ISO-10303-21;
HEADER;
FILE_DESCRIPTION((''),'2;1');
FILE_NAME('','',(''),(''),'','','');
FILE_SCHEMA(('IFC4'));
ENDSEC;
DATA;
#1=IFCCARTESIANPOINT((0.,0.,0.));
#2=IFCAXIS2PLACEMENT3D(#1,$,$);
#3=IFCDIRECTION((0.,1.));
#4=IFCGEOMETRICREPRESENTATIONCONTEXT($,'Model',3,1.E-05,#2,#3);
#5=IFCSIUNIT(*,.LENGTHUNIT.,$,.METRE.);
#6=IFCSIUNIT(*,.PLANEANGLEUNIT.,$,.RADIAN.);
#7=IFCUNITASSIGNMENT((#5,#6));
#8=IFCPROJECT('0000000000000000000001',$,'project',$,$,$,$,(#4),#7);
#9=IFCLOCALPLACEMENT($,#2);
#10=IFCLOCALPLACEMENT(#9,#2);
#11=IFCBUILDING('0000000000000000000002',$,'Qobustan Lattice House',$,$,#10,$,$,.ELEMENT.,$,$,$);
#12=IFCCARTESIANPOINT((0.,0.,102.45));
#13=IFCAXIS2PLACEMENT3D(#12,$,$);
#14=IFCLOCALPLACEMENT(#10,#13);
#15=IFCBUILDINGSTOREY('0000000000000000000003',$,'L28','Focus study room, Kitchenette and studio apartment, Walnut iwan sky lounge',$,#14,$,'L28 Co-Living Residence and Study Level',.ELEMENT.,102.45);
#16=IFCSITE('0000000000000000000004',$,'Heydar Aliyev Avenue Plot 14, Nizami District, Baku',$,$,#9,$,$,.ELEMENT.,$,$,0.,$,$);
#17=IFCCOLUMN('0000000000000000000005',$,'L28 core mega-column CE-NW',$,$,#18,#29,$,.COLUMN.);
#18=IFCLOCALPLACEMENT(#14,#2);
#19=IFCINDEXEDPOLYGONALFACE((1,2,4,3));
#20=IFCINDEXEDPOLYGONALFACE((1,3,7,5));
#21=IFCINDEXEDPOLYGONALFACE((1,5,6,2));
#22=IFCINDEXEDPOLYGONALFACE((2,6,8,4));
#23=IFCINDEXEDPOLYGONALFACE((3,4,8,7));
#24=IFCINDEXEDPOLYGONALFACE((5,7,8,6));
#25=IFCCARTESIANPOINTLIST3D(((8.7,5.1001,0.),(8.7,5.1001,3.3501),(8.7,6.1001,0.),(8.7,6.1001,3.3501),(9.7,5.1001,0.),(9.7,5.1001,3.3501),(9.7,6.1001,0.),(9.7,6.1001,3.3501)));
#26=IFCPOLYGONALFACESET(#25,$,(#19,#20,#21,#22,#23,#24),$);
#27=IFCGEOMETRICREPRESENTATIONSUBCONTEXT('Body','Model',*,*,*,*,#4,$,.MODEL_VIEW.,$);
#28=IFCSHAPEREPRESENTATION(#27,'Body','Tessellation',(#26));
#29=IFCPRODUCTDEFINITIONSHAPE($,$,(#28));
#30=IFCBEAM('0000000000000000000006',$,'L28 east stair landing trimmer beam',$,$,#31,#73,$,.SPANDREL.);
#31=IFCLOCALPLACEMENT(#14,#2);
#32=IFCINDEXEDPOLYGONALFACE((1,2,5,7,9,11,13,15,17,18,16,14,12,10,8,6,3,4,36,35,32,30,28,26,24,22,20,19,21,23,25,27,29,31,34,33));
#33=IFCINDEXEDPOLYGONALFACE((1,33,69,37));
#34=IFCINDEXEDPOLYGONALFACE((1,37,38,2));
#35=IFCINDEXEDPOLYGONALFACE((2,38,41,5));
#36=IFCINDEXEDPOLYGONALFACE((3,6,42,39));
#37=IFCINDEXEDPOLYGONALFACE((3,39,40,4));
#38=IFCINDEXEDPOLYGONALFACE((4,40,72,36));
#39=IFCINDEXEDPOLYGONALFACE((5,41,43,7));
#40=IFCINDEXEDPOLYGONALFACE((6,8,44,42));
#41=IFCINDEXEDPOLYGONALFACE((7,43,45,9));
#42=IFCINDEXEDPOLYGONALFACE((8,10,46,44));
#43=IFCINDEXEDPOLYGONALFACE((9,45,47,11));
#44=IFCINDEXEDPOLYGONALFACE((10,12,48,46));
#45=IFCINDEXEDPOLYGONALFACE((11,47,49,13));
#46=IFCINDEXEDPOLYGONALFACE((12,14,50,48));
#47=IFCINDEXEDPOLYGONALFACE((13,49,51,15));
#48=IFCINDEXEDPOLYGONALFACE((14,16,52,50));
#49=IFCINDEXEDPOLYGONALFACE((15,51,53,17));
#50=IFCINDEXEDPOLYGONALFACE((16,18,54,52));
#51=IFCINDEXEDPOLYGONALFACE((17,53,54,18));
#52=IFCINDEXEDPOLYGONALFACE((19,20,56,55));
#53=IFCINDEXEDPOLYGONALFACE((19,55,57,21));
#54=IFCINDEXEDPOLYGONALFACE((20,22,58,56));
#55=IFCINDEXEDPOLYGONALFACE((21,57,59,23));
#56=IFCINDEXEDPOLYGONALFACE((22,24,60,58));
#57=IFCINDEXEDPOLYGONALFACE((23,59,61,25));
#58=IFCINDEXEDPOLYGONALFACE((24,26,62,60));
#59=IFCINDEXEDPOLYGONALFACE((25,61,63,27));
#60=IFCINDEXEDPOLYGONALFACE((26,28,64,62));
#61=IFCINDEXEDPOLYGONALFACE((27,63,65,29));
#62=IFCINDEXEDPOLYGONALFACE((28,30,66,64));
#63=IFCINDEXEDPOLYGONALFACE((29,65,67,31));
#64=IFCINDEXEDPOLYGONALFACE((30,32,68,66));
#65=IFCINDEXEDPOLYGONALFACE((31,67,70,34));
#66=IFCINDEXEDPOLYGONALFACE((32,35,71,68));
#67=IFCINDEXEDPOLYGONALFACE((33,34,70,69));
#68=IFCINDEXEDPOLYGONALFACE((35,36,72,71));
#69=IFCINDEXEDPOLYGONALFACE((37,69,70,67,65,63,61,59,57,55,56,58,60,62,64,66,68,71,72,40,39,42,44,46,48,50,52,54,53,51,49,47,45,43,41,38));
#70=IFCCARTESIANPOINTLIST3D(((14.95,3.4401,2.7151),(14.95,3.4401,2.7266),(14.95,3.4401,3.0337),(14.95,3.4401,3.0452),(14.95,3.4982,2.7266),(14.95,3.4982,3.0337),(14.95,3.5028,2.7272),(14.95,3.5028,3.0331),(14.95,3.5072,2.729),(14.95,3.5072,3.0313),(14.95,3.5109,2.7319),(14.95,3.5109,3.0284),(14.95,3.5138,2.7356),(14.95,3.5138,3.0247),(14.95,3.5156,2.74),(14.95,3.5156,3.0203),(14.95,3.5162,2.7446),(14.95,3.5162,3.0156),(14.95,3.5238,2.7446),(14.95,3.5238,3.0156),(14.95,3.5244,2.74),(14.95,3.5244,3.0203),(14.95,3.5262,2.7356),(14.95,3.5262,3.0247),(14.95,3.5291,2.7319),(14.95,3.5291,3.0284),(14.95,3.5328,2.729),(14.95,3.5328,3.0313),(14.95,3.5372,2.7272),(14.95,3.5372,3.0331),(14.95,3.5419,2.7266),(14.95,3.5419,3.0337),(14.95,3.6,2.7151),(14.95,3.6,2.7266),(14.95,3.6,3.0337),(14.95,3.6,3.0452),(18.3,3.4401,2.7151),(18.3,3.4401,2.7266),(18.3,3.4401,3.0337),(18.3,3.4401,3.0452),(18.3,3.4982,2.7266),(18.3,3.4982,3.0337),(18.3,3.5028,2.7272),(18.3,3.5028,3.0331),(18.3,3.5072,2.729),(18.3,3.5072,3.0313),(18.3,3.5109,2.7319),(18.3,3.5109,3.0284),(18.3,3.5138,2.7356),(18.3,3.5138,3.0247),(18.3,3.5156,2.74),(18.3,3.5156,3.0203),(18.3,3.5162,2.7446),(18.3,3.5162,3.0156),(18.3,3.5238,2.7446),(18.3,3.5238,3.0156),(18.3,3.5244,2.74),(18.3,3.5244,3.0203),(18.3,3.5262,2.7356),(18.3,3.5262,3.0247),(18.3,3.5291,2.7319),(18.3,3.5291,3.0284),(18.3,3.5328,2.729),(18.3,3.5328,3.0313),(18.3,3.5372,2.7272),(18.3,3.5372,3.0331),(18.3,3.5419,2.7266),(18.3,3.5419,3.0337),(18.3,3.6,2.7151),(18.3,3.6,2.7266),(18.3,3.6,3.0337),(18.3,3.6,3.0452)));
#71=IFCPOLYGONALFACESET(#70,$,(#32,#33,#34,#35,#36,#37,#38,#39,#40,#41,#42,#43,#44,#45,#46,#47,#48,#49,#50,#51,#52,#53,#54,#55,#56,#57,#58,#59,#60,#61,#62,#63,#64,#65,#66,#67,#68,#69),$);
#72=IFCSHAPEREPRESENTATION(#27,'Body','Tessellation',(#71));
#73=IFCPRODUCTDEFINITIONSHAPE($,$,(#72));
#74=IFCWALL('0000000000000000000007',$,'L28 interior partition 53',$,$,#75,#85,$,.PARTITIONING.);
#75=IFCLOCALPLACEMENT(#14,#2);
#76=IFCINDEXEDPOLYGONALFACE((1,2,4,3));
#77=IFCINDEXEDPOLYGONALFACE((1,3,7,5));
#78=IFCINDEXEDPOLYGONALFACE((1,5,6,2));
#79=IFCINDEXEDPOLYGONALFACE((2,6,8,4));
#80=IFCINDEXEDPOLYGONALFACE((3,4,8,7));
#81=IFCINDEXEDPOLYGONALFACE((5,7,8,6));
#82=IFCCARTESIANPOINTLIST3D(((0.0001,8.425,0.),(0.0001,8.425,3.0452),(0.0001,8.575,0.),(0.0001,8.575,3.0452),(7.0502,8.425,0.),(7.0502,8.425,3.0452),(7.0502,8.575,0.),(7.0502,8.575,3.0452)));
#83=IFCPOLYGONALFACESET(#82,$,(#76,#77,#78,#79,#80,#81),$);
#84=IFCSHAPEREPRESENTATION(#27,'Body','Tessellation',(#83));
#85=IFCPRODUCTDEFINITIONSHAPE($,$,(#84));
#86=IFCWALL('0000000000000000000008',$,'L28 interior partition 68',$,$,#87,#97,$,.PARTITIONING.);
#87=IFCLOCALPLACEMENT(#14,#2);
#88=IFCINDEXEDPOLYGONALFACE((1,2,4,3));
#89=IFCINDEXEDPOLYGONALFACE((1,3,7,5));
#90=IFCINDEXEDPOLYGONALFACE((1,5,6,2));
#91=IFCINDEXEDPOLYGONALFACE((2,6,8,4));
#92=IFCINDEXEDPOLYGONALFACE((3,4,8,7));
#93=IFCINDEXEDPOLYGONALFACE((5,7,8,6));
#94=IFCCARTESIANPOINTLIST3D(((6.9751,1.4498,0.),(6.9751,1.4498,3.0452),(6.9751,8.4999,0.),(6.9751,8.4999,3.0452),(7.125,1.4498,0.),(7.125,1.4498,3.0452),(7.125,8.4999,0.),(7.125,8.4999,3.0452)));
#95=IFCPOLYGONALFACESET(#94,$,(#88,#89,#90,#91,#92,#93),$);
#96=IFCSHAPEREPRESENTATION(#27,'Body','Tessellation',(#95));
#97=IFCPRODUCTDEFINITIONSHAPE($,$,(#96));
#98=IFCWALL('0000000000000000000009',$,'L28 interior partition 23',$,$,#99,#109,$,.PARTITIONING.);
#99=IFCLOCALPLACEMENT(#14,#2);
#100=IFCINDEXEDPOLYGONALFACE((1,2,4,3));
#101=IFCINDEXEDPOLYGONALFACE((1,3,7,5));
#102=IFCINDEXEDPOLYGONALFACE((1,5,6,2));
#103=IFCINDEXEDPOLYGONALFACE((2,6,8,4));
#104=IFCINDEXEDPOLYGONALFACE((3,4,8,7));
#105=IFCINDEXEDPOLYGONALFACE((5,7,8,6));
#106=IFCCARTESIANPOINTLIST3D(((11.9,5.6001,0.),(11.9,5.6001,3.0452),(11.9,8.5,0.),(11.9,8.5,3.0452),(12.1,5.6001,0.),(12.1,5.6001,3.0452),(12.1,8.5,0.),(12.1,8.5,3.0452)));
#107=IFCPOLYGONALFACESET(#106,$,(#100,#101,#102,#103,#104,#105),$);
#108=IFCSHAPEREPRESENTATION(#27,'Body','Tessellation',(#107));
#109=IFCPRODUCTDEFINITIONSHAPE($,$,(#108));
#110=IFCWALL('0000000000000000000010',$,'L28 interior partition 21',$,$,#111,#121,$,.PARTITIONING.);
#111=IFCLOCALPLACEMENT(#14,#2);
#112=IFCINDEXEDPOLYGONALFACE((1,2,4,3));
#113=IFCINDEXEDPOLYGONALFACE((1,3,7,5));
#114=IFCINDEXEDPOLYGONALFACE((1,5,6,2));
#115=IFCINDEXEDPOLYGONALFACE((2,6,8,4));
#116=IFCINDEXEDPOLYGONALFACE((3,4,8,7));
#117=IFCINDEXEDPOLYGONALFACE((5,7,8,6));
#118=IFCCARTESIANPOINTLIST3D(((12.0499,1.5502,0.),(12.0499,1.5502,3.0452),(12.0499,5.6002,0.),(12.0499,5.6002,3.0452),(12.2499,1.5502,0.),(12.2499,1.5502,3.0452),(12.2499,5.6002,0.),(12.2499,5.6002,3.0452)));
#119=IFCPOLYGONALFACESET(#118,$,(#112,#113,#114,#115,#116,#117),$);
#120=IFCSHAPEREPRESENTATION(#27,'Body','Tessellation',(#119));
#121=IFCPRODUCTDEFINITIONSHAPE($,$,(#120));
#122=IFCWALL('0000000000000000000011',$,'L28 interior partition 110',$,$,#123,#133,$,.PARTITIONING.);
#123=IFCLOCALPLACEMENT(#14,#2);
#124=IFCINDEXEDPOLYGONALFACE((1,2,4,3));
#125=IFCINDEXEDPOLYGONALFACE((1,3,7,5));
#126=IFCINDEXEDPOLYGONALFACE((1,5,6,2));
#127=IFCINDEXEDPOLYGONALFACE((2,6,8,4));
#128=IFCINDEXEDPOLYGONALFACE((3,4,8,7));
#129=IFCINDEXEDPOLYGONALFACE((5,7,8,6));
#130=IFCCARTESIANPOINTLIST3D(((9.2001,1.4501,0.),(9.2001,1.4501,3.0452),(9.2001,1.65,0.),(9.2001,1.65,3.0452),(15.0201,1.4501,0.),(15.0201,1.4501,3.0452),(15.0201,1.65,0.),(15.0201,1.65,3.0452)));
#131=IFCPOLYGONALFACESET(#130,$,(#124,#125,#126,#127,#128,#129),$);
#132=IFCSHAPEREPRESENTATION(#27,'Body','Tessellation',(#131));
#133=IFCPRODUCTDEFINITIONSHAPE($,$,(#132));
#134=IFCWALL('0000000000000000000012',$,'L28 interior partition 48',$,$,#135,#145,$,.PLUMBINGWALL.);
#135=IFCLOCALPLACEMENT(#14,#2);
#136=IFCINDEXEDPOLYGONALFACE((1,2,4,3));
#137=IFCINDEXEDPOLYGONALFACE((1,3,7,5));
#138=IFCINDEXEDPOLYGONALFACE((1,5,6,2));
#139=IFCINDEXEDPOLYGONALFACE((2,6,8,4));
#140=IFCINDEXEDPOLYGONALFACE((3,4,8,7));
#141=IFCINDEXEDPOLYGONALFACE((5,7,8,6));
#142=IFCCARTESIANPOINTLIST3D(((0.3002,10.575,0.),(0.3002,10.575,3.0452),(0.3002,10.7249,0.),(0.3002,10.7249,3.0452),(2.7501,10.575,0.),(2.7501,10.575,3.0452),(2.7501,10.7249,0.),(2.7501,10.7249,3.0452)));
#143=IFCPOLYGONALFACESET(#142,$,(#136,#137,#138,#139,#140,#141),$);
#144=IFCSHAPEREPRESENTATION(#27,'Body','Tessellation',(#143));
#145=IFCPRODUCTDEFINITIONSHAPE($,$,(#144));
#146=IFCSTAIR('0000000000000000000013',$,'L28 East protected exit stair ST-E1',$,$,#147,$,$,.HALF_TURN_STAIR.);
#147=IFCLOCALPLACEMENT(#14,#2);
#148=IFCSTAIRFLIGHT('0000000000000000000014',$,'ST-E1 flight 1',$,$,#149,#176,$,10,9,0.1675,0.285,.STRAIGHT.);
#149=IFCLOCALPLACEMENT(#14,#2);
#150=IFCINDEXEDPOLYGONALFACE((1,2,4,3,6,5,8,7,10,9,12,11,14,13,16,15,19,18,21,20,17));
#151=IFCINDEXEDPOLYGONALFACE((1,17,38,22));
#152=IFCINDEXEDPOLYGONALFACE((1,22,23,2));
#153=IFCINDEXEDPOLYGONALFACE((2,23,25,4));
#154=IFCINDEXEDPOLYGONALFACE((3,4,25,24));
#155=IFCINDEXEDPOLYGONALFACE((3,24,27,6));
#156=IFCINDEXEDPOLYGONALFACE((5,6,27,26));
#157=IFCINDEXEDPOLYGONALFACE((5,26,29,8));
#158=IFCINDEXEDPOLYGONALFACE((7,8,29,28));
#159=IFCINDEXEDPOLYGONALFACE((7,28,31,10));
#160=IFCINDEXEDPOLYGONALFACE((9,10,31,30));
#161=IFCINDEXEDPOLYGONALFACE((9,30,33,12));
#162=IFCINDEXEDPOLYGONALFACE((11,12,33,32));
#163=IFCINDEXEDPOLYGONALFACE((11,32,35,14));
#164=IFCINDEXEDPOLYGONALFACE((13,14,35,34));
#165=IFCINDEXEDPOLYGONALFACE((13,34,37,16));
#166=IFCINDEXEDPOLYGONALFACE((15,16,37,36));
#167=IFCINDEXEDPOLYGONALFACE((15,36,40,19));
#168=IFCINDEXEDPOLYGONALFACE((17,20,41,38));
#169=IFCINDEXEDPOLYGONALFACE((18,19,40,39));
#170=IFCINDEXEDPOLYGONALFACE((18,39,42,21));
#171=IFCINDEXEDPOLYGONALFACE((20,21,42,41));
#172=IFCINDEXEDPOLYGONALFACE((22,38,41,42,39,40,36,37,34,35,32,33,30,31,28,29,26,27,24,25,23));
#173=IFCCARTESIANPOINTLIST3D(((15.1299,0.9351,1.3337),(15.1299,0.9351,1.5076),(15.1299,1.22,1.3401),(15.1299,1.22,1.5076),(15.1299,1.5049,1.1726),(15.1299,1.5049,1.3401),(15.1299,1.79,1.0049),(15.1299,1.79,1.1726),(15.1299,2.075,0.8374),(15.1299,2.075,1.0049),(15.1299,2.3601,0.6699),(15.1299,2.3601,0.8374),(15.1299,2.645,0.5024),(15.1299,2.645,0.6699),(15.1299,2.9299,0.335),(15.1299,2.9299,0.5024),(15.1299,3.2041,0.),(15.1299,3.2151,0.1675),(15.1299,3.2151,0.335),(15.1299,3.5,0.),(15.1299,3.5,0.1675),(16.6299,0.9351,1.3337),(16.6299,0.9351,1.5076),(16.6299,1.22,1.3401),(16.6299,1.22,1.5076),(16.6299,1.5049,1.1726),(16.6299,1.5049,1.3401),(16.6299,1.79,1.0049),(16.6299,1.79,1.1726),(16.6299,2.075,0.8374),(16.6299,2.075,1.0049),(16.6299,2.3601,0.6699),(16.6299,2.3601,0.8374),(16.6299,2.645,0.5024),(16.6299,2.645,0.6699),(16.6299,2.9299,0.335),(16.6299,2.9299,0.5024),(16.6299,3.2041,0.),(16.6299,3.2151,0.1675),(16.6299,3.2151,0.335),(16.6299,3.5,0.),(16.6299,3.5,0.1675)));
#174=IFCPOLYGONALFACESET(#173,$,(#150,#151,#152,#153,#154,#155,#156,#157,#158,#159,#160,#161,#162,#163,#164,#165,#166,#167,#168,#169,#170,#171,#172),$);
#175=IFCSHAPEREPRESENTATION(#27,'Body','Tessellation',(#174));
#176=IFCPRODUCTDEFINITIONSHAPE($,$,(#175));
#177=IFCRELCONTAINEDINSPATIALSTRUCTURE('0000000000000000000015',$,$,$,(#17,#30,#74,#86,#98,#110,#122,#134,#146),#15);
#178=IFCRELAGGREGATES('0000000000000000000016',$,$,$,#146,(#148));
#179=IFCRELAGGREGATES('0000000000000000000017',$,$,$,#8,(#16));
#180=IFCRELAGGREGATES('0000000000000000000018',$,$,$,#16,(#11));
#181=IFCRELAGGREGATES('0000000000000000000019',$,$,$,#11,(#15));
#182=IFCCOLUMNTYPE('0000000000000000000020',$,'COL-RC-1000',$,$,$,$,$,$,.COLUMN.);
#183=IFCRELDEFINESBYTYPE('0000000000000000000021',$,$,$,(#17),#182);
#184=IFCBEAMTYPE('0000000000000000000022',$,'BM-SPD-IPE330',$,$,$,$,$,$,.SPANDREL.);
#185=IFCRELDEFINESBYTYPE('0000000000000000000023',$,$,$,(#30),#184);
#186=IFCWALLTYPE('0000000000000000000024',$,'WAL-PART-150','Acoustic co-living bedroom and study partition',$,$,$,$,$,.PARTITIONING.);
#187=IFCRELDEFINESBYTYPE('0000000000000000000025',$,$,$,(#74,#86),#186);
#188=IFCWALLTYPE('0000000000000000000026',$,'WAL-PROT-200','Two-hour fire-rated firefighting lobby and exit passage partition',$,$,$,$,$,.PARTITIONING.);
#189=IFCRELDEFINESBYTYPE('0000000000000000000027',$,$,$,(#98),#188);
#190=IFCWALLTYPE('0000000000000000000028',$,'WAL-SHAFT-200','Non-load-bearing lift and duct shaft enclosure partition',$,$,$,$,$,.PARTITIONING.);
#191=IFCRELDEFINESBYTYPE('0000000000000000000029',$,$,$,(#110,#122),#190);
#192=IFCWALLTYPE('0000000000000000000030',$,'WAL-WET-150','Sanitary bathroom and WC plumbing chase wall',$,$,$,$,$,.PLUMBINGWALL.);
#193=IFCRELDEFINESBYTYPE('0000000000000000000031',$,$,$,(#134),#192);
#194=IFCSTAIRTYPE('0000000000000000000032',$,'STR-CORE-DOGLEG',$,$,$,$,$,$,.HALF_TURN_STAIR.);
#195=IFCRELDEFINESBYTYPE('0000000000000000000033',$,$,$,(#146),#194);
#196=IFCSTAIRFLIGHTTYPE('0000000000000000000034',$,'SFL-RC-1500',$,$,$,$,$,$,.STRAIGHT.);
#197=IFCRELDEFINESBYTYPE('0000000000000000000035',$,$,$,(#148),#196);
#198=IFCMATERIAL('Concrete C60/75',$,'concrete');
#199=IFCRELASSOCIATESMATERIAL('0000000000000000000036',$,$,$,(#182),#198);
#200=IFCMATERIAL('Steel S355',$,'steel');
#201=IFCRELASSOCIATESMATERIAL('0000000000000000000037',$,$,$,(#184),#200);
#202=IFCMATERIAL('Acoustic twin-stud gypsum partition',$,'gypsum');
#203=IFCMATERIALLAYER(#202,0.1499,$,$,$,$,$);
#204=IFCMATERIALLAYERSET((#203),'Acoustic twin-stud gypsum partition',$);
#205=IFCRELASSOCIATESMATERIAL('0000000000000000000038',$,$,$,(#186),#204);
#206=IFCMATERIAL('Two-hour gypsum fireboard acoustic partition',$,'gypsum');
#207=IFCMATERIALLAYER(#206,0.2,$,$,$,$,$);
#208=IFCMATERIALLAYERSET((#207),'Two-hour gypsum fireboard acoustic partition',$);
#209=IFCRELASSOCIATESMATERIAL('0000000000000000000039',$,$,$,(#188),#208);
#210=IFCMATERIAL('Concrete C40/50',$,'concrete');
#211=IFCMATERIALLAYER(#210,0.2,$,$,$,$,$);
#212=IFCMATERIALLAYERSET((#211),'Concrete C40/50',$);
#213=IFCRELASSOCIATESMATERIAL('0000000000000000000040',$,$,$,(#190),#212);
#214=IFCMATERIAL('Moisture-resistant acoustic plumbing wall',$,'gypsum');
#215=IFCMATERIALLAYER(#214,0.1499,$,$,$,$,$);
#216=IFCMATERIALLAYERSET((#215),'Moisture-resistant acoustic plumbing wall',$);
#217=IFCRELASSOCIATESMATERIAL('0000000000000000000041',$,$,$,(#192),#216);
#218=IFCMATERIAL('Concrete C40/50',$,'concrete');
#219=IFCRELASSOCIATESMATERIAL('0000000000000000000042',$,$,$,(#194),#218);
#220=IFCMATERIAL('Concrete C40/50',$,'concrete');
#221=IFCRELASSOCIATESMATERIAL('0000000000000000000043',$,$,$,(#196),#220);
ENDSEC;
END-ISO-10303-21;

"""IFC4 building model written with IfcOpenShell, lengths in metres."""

from ifc_helpers import new_model, si_unit, direction, frame, frame_2d, origin, origin_2d, place, context, subcontext, project, spatial, polyline, rectangle, i_section, outline, extrude, material, layer, layer_set, material_profile, profile_set, type_object, element, aggregate, save


model = new_model("IFC4")

# Units and contexts
model_context = context("Model", 3, precision=1e-05, world=origin(), true_north=direction((0.0, 1.0)))
body_context = subcontext(model_context, "Body", "Model", "MODEL_VIEW")
ifc_project = project(units=[si_unit("LENGTHUNIT", "METRE"), si_unit("PLANEANGLEUNIT", "RADIAN")], contexts=[model_context])

# Site, building, storey
site_placement = place(None, origin())
site = spatial("IfcSite", under=ifc_project, at=site_placement, Name="Heydar Aliyev Avenue Plot 14, Nizami District, Baku", CompositionType="ELEMENT", RefElevation=0.0)
building_placement = place(site_placement, origin())
building = spatial("IfcBuilding", under=site, at=building_placement, Name="Qobustan Lattice House", CompositionType="ELEMENT")
storey_placement = place(building_placement, frame((0.0, 0.0, 102.45)))
storey = spatial("IfcBuildingStorey", under=building, at=storey_placement, Name="L28", Description="Focus study room, Kitchenette and studio apartment, Walnut iwan sky lounge", LongName="L28 Co-Living Residence and Study Level", CompositionType="ELEMENT", Elevation=102.45)

# Column
ifc_material_1 = material(Name="Concrete C60/75", Category="concrete")
ifc_material_profile_1 = material_profile(ifc_material_1, rectangle(XDim=1.0, YDim=1.0, at=origin_2d()), Name="RC1000x1000")
ifc_profile_set_1 = profile_set([ifc_material_profile_1], Name="Concrete C60/75")
column_type = type_object("IfcColumnType", Name="COL-RC-1000", PredefinedType="COLUMN", material=ifc_profile_set_1)
column_placement = place(storey_placement, frame((9.2, 5.6001, 0.0), z_axis=(0.0, 0.0, 1.0), x_axis=(1.0, 0.0, 0.0)))
element("IfcColumn", 1, at=column_placement, inside=storey, type_object=column_type, Name="L28 core mega-column CE-NW", PredefinedType="COLUMN", context=body_context, shape_type="SweptSolid", body=[
    extrude(rectangle(XDim=1.0, YDim=1.0, at=origin_2d()), origin(), (0.0, 0.0, 1.0), 3.3501),
])

# Beam
ifc_material_2 = material(Name="Steel S355", Category="steel")
ifc_material_profile_2 = material_profile(ifc_material_2, i_section(OverallWidth=0.1599, OverallDepth=0.3301, WebThickness=0.0076, FlangeThickness=0.0115, FilletRadius=0.0181, at=origin_2d()), Name="IPE330")
ifc_profile_set_2 = profile_set([ifc_material_profile_2], Name="Steel S355")
beam_type = type_object("IfcBeamType", Name="BM-SPD-IPE330", PredefinedType="SPANDREL", material=ifc_profile_set_2)
beam_placement = place(storey_placement, frame((14.95, 3.52, 2.8801), z_axis=(1.0, 0.0, 0.0), x_axis=(0.0, 1.0, 0.0)))
element("IfcBeam", 2, at=beam_placement, inside=storey, type_object=beam_type, Name="L28 east stair landing trimmer beam", PredefinedType="SPANDREL", context=body_context, shape_type="SweptSolid", body=[
    extrude(i_section(OverallWidth=0.1599, OverallDepth=0.3301, WebThickness=0.0076, FlangeThickness=0.0115, FilletRadius=0.0181, at=origin_2d()), origin(), (0.0, 0.0, 1.0), 3.3501),
])

# Walls
ifc_material_3 = material(Name="Acoustic twin-stud gypsum partition", Category="gypsum")
ifc_layer_1 = layer(ifc_material_3, 0.1499)
ifc_layer_set_1 = layer_set([ifc_layer_1], Name="Acoustic twin-stud gypsum partition")
wall_type_1 = type_object("IfcWallType", Name="WAL-PART-150", Description="Acoustic co-living bedroom and study partition", PredefinedType="PARTITIONING", material=ifc_layer_set_1)
for number, where, z_axis, x_axis, name in (
    (3, (7.05, 8.5, 0.0), (0.0, 0.0, 1.0), (-1.0, 0.0, 0.0), "L28 interior partition 53"),
    (4, (7.05, 1.45, 0.0), (0.0, 0.0, 1.0), (0.0, 1.0, 0.0), "L28 interior partition 68"),
):
    element("IfcWall", number, at=place(storey_placement, frame(where, z_axis=z_axis, x_axis=x_axis)), inside=storey, type_object=wall_type_1, Name=name, PredefinedType="PARTITIONING", context=body_context, shape_type="SweptSolid", body=[
        extrude(rectangle(XDim=7.05, YDim=0.1499, at=frame_2d((3.5249, 0.0))), origin(), (0.0, 0.0, 1.0), 3.0452),
    ])
ifc_material_4 = material(Name="Two-hour gypsum fireboard acoustic partition", Category="gypsum")
ifc_layer_2 = layer(ifc_material_4, 0.2)
ifc_layer_set_2 = layer_set([ifc_layer_2], Name="Two-hour gypsum fireboard acoustic partition")
wall_type_2 = type_object("IfcWallType", Name="WAL-PROT-200", Description="Two-hour fire-rated firefighting lobby and exit passage partition", PredefinedType="PARTITIONING", material=ifc_layer_set_2)
wall_1_placement = place(storey_placement, frame((12.0, 8.5, 0.0), z_axis=(0.0, 0.0, 1.0), x_axis=(0.0, -1.0, 0.0)))
element("IfcWall", 5, at=wall_1_placement, inside=storey, type_object=wall_type_2, Name="L28 interior partition 23", PredefinedType="PARTITIONING", context=body_context, shape_type="SweptSolid", body=[
    extrude(rectangle(XDim=2.8999, YDim=0.2, at=frame_2d((1.45, 0.0))), origin(), (0.0, 0.0, 1.0), 3.0452),
])
ifc_material_5 = material(Name="Concrete C40/50", Category="concrete")
ifc_layer_3 = layer(ifc_material_5, 0.2)
ifc_layer_set_3 = layer_set([ifc_layer_3], Name="Concrete C40/50")
wall_type_3 = type_object("IfcWallType", Name="WAL-SHAFT-200", Description="Non-load-bearing lift and duct shaft enclosure partition", PredefinedType="PARTITIONING", material=ifc_layer_set_3)
wall_2_placement = place(storey_placement, frame((12.1499, 5.6001, 0.0), z_axis=(0.0, 0.0, 1.0), x_axis=(0.0, -1.0, 0.0)))
element("IfcWall", 6, at=wall_2_placement, inside=storey, type_object=wall_type_3, Name="L28 interior partition 21", PredefinedType="PARTITIONING", context=body_context, shape_type="SweptSolid", body=[
    extrude(rectangle(XDim=4.05, YDim=0.2, at=frame_2d((2.0249, 0.0))), origin(), (0.0, 0.0, 1.0), 3.0452),
])
wall_3_placement = place(storey_placement, frame((9.2, 1.55, 0.0), z_axis=(0.0, 0.0, 1.0), x_axis=(1.0, 0.0, 0.0)))
element("IfcWall", 7, at=wall_3_placement, inside=storey, type_object=wall_type_3, Name="L28 interior partition 110", PredefinedType="PARTITIONING", context=body_context, shape_type="SweptSolid", body=[
    extrude(rectangle(XDim=5.8201, YDim=0.2, at=frame_2d((2.9102, 0.0))), origin(), (0.0, 0.0, 1.0), 3.0452),
])
ifc_material_6 = material(Name="Moisture-resistant acoustic plumbing wall", Category="gypsum")
ifc_layer_4 = layer(ifc_material_6, 0.1499)
ifc_layer_set_4 = layer_set([ifc_layer_4], Name="Moisture-resistant acoustic plumbing wall")
wall_type_4 = type_object("IfcWallType", Name="WAL-WET-150", Description="Sanitary bathroom and WC plumbing chase wall", PredefinedType="PLUMBINGWALL", material=ifc_layer_set_4)
wall_4_placement = place(storey_placement, frame((0.3, 10.6499, 0.0), z_axis=(0.0, 0.0, 1.0), x_axis=(1.0, 0.0, 0.0)))
element("IfcWall", 8, at=wall_4_placement, inside=storey, type_object=wall_type_4, Name="L28 interior partition 48", PredefinedType="PLUMBINGWALL", context=body_context, shape_type="SweptSolid", body=[
    extrude(rectangle(XDim=2.45, YDim=0.1499, at=frame_2d((1.2251, 0.0))), origin(), (0.0, 0.0, 1.0), 3.0452),
])

# Stair, stair flight
ifc_material_7 = material(Name="Concrete C40/50", Category="concrete")
stair_type = type_object("IfcStairType", Name="STR-CORE-DOGLEG", PredefinedType="HALF_TURN_STAIR", material=ifc_material_7)
stair_placement = place(storey_placement, origin())
stair = element("IfcStair", 9, at=stair_placement, inside=storey, type_object=stair_type, Name="L28 East protected exit stair ST-E1", PredefinedType="HALF_TURN_STAIR")
ifc_material_8 = material(Name="Concrete C40/50", Category="concrete")
stair_flight_type = type_object("IfcStairFlightType", Name="SFL-RC-1500", PredefinedType="STRAIGHT", material=ifc_material_8)
stair_flight_1_placement = place(storey_placement, frame((15.8799, 3.5, 0.0), z_axis=(0.0, 0.0, 1.0), x_axis=(0.0, -1.0, 0.0)))
stair_flight_1 = element("IfcStairFlight", 10, at=stair_flight_1_placement, type_object=stair_flight_type, Name="ST-E1 flight 1", NumberOfRisers=10, NumberOfTreads=9, PredefinedType="STRAIGHT", RiserHeight=0.1675, TreadLength=0.285, context=body_context, shape_type="SweptSolid", body=[
    extrude(outline(polyline([(0.0, 0.0), (0.0, 0.1675), (0.2849, 0.1675), (0.2849, 0.335), (0.5701, 0.335), (0.5701, 0.5024), (0.855, 0.5024), (0.855, 0.6699), (1.1399, 0.6699), (1.1399, 0.8374), (1.425, 0.8374), (1.425, 1.0049), (1.71, 1.0049), (1.71, 1.1726), (1.9951, 1.1726), (1.9951, 1.3401), (2.28, 1.3401), (2.28, 1.5076), (2.5649, 1.5076), (2.5649, 1.675), (2.5649, 1.3337), (0.2959, 0.0), (0.0, 0.0)])), frame((0.0, 0.75, 0.0), z_axis=(0.0, -1.0, 0.0), x_axis=(1.0, 0.0, 0.0)), (0.0, 0.0, 1.0), 1.5),
])
aggregate(stair, [stair_flight_1])

save(model, "model.ifc")
